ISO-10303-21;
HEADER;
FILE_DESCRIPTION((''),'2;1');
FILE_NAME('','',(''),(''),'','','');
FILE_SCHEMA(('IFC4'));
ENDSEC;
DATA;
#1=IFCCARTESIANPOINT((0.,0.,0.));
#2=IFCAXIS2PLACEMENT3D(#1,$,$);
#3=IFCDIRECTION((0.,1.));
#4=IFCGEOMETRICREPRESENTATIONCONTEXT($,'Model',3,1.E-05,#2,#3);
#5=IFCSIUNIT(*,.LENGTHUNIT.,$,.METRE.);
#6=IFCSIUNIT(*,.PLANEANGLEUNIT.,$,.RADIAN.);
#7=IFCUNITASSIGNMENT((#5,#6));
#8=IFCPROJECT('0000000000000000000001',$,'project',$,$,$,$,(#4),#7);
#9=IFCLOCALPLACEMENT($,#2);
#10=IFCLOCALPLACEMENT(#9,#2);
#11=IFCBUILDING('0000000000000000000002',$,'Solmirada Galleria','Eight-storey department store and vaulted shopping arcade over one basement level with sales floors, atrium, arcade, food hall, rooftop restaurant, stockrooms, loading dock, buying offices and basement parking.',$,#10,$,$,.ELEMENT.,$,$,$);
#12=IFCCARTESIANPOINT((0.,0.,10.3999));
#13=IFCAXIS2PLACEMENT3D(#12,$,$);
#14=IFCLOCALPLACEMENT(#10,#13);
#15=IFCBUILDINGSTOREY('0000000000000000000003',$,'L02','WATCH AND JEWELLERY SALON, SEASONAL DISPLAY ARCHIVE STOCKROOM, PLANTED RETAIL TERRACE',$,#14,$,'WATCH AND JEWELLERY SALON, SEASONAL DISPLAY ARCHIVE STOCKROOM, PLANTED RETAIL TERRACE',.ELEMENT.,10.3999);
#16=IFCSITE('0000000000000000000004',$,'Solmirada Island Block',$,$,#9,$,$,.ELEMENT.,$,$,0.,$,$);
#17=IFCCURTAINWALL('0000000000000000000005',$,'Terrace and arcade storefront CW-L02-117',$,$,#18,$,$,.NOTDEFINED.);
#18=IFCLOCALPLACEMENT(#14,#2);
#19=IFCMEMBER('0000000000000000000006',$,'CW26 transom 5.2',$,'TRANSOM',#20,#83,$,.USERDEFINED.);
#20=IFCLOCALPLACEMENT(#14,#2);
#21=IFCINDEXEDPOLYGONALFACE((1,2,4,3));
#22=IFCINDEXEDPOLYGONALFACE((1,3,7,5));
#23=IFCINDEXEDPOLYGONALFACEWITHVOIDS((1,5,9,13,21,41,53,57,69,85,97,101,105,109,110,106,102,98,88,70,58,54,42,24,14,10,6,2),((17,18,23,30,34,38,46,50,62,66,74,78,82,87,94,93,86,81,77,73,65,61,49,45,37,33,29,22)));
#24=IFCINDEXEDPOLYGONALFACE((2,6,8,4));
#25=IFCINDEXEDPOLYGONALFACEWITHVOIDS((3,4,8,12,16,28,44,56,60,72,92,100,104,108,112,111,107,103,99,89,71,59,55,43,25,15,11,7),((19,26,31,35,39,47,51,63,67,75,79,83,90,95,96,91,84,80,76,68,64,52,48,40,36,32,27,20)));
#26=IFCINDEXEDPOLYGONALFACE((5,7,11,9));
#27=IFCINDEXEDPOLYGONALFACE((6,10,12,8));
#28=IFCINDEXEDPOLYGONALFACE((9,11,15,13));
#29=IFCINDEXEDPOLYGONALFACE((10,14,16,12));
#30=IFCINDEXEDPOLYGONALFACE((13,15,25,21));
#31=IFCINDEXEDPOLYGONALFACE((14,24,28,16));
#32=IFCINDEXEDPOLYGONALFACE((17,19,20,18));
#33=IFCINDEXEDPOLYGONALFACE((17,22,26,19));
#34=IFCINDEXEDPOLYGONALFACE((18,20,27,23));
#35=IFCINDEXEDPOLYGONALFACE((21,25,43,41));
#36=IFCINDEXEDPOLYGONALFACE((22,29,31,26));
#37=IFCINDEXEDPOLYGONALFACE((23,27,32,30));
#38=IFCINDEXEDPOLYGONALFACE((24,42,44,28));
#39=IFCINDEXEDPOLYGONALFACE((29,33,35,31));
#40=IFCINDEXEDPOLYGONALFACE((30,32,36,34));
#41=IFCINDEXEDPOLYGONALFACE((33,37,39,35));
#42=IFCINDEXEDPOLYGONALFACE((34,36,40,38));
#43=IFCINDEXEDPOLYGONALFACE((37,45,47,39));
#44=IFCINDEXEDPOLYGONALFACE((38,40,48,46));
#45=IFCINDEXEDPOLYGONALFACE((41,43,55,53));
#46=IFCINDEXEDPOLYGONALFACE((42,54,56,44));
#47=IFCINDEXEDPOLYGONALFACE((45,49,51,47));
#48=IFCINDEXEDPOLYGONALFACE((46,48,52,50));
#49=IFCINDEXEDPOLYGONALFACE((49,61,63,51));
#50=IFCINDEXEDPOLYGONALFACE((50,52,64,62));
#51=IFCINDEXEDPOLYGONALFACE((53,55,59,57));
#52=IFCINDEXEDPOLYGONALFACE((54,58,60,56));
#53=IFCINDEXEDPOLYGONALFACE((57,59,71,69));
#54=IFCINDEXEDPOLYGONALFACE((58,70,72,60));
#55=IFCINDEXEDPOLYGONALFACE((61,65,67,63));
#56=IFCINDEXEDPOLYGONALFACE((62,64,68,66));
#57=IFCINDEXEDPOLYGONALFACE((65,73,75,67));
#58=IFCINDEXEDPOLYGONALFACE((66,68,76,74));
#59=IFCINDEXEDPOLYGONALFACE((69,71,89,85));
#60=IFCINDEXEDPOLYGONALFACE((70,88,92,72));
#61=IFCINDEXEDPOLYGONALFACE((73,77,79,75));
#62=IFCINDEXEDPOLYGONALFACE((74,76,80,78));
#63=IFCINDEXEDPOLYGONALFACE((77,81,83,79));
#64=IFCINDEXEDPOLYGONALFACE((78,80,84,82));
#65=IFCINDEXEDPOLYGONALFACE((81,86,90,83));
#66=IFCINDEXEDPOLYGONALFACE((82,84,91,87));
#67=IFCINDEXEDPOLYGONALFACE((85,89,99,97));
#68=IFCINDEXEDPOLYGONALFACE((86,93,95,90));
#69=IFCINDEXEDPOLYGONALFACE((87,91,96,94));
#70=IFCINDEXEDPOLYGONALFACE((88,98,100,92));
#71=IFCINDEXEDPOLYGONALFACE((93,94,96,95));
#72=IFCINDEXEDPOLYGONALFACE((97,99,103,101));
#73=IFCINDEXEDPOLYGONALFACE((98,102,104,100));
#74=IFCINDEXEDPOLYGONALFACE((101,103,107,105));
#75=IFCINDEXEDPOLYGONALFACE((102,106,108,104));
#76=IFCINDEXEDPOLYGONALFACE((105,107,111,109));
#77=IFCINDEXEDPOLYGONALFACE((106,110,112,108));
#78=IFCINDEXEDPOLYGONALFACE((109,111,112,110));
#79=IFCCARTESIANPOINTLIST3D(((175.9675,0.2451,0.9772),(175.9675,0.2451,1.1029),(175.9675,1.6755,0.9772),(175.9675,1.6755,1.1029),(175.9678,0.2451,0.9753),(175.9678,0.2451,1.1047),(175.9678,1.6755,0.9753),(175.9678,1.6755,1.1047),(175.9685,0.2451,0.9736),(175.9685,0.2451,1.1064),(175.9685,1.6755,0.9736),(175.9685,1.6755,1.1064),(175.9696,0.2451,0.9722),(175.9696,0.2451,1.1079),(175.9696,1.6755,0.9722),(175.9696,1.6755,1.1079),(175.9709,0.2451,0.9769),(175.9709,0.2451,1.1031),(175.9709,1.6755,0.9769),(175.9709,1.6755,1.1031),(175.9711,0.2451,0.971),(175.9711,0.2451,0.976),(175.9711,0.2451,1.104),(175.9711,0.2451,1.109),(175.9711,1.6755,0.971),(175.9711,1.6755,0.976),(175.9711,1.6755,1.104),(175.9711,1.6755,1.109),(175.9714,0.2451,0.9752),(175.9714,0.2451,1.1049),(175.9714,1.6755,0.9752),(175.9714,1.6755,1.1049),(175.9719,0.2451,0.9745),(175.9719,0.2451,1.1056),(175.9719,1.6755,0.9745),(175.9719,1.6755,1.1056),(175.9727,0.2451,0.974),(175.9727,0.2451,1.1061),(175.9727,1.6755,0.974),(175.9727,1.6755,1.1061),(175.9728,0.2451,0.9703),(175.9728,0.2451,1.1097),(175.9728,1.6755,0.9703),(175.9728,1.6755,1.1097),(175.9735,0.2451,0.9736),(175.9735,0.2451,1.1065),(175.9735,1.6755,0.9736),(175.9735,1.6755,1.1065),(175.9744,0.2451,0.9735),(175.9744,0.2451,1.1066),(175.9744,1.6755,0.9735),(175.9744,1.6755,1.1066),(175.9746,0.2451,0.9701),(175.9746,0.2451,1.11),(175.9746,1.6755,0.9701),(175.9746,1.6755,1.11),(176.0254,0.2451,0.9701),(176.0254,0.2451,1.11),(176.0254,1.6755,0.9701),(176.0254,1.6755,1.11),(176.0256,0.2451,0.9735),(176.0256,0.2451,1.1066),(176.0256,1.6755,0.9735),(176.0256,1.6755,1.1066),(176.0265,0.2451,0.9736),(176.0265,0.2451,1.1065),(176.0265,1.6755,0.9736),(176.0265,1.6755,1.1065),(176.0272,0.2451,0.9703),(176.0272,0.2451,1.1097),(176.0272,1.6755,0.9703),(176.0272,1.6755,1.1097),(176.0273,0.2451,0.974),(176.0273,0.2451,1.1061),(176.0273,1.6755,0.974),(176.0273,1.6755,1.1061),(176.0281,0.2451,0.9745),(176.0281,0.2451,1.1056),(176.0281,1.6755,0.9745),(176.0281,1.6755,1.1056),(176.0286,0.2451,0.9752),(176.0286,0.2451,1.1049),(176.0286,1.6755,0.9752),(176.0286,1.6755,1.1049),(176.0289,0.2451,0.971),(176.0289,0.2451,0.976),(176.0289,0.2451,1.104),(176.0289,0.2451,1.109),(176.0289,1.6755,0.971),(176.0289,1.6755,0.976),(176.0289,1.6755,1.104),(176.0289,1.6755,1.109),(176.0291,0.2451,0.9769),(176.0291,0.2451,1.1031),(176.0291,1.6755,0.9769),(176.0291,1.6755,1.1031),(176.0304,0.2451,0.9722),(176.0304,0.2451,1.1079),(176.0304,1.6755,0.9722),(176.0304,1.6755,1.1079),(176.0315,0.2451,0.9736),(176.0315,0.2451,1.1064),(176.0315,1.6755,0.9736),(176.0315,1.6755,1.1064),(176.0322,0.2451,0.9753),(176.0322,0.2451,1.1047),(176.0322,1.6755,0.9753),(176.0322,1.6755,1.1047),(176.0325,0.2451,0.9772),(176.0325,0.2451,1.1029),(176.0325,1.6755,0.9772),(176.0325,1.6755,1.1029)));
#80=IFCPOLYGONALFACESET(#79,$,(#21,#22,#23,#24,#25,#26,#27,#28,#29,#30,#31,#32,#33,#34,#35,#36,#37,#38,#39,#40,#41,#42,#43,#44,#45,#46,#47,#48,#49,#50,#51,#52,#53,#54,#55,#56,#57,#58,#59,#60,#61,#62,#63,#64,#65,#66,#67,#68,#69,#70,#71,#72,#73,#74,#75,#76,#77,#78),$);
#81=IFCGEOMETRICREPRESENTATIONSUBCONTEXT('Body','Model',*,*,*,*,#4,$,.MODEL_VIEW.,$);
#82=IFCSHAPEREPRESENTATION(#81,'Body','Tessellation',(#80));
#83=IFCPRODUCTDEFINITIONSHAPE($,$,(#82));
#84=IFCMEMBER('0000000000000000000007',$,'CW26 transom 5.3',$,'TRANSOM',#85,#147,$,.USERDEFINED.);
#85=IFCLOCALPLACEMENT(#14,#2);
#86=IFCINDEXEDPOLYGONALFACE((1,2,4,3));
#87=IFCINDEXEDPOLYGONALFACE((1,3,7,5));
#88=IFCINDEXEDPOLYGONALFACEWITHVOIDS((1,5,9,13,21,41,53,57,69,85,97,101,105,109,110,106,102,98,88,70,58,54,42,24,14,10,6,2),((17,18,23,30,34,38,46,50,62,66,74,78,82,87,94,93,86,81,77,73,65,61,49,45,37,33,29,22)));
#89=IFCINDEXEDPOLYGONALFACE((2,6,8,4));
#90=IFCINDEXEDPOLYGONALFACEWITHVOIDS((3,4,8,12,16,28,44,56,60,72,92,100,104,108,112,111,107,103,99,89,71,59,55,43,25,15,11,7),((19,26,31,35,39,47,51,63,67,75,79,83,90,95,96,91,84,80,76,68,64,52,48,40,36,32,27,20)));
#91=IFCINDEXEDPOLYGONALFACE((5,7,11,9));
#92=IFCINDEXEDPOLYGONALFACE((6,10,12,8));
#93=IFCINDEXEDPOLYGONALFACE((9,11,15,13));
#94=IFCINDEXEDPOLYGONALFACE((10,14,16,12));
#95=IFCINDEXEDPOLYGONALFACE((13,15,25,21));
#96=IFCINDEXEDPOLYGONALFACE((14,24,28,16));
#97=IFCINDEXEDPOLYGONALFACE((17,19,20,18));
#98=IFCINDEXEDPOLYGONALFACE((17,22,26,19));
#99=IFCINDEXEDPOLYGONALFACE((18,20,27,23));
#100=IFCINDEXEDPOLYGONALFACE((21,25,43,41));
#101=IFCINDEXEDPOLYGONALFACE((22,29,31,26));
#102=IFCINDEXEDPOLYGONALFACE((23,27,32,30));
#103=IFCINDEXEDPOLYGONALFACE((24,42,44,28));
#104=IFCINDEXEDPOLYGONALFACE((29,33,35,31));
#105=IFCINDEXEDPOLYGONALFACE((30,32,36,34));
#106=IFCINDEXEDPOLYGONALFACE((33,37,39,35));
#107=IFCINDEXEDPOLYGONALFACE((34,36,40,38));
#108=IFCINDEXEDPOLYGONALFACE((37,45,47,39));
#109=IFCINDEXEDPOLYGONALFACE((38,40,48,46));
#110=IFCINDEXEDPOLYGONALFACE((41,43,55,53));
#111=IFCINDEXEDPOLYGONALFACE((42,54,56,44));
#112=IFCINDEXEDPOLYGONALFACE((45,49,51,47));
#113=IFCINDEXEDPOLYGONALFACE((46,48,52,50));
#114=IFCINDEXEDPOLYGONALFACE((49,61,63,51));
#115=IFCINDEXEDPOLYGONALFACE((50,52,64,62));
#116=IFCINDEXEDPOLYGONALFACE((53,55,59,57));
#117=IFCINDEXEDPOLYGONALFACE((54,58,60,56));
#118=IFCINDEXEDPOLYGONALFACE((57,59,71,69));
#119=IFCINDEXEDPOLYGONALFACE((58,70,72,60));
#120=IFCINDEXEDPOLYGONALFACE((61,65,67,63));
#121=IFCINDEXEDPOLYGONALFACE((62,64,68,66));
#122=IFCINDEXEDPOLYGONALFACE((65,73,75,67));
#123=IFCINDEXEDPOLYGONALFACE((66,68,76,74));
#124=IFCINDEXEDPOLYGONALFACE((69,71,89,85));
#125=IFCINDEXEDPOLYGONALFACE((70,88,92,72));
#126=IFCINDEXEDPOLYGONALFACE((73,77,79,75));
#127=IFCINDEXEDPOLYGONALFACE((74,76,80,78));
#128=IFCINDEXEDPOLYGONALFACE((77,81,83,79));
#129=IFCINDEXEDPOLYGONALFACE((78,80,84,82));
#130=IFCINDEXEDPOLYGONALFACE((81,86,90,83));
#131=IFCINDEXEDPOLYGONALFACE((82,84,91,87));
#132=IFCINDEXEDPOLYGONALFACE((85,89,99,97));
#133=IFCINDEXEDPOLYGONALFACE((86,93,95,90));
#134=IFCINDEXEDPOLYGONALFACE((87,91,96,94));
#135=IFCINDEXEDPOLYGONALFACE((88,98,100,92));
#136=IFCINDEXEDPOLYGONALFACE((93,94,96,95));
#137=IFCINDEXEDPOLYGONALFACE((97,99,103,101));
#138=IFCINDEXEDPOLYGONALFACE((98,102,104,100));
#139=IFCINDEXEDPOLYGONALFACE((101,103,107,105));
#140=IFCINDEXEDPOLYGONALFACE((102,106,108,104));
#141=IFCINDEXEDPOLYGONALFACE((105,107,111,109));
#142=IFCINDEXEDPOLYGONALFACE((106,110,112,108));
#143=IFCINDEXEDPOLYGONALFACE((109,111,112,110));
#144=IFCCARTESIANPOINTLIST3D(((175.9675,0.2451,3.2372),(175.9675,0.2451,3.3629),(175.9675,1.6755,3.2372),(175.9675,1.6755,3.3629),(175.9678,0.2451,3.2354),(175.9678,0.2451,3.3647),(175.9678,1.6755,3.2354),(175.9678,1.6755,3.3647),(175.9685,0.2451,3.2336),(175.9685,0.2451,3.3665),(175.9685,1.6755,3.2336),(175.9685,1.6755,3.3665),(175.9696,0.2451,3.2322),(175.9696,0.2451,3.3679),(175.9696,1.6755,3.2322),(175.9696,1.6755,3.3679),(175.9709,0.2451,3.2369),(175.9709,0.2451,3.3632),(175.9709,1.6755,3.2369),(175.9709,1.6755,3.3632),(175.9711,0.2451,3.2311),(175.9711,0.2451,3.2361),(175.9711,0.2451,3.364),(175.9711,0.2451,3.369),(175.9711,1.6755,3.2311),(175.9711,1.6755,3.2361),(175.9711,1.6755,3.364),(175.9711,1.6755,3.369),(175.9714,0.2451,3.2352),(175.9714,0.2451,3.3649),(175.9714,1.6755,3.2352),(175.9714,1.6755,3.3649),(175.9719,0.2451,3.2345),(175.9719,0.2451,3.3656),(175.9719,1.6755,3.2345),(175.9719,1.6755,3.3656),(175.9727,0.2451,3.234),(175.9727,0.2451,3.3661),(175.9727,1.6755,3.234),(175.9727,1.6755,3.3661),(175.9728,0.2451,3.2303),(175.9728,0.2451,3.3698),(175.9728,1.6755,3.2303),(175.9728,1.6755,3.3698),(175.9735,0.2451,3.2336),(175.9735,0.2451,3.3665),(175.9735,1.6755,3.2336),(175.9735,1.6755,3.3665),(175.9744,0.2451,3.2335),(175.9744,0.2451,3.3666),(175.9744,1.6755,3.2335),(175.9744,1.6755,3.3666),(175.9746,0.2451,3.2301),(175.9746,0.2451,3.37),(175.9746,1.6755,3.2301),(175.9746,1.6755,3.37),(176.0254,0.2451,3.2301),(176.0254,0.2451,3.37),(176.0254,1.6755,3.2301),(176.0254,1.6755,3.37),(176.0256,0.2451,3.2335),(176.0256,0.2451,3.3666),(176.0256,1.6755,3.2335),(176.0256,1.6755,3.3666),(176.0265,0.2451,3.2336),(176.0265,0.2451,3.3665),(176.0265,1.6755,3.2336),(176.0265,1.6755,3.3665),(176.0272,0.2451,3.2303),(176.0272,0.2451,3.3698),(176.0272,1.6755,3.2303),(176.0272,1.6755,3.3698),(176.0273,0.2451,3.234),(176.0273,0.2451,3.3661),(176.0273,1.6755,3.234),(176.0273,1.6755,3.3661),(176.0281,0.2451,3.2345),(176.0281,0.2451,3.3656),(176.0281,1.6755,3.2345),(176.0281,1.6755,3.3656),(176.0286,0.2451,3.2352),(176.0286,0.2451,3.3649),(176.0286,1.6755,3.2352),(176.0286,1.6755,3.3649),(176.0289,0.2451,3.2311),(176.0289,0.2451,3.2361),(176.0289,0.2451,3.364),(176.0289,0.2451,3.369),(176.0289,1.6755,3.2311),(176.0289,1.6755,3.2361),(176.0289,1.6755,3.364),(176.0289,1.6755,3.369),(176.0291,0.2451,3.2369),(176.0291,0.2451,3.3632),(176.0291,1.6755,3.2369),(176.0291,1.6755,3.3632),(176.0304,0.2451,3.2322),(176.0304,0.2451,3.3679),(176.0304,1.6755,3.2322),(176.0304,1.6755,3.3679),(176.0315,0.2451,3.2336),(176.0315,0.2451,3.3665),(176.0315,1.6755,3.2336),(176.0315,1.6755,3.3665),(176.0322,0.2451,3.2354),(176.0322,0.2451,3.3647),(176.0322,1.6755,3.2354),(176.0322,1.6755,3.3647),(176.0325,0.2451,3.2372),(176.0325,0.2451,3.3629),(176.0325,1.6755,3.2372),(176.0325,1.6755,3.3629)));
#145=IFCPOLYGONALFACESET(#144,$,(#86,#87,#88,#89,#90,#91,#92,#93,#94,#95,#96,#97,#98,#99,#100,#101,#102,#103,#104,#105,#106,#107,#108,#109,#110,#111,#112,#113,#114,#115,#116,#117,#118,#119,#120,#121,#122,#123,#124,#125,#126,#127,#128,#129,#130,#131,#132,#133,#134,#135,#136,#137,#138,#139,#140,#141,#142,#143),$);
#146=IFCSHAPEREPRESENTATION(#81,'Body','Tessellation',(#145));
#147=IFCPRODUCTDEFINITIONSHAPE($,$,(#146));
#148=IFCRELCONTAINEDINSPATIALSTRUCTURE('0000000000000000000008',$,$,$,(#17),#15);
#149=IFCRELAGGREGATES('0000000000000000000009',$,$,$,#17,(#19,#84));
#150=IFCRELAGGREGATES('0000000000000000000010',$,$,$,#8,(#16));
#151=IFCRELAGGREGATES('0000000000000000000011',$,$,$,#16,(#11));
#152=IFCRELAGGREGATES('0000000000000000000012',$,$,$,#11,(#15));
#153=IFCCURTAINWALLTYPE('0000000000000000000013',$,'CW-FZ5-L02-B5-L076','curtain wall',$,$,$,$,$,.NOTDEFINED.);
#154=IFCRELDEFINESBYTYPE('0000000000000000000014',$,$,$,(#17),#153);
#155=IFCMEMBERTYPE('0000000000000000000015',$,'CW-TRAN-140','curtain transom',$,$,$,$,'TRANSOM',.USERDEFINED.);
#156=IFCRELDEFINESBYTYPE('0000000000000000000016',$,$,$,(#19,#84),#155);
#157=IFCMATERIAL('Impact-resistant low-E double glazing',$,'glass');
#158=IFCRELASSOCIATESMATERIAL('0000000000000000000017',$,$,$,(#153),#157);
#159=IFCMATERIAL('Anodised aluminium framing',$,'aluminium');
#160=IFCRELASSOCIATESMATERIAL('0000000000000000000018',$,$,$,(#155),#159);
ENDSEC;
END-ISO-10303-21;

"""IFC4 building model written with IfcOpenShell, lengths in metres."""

from ifc_helpers import new_model, si_unit, direction, frame, origin, origin_2d, place, context, subcontext, project, spatial, hollow_rectangle, extrude, material, material_profile, profile_set, type_object, element, aggregate, save


model = new_model("IFC4")

# Units and contexts
model_context = context("Model", 3, precision=1e-05, world=origin(), true_north=direction((0.0, 1.0)))
body_context = subcontext(model_context, "Body", "Model", "MODEL_VIEW")
ifc_project = project(units=[si_unit("LENGTHUNIT", "METRE"), si_unit("PLANEANGLEUNIT", "RADIAN")], contexts=[model_context])

# Site, building, storey
site_placement = place(None, origin())
site = spatial("IfcSite", under=ifc_project, at=site_placement, Name="Solmirada Island Block", CompositionType="ELEMENT", RefElevation=0.0)
building_placement = place(site_placement, origin())
building = spatial("IfcBuilding", under=site, at=building_placement, Name="Solmirada Galleria", Description="Eight-storey department store and vaulted shopping arcade over one basement level with sales floors, atrium, arcade, food hall, rooftop restaurant, stockrooms, loading dock, buying offices and basement parking.", CompositionType="ELEMENT")
storey_placement = place(building_placement, frame((0.0, 0.0, 10.3999)))
storey = spatial("IfcBuildingStorey", under=building, at=storey_placement, Name="L02", Description="WATCH AND JEWELLERY SALON, SEASONAL DISPLAY ARCHIVE STOCKROOM, PLANTED RETAIL TERRACE", LongName="WATCH AND JEWELLERY SALON, SEASONAL DISPLAY ARCHIVE STOCKROOM, PLANTED RETAIL TERRACE", CompositionType="ELEMENT", Elevation=10.3999)

# Curtain wall, members
ifc_material_1 = material(Name="Impact-resistant low-E double glazing", Category="glass")
curtain_wall_type = type_object("IfcCurtainWallType", Name="CW-FZ5-L02-B5-L076", Description="curtain wall", PredefinedType="NOTDEFINED", material=ifc_material_1)
curtain_wall_placement = place(storey_placement, origin())
curtain_wall = element("IfcCurtainWall", 1, at=curtain_wall_placement, inside=storey, type_object=curtain_wall_type, Name="Terrace and arcade storefront CW-L02-117", PredefinedType="NOTDEFINED")
ifc_material_2 = material(Name="Anodised aluminium framing", Category="aluminium")
ifc_material_profile_1 = material_profile(ifc_material_2, hollow_rectangle(XDim=0.0649, YDim=0.1399, WallThickness=0.0034, InnerFilletRadius=0.0034, OuterFilletRadius=0.0071, at=origin_2d()), Name="ALU-TRAN-140X65")
ifc_profile_set_1 = profile_set([ifc_material_profile_1], Name="Anodised aluminium framing")
member_type_1 = type_object("IfcMemberType", Name="CW-TRAN-140", Description="curtain transom", ElementType="TRANSOM", PredefinedType="USERDEFINED", material=ifc_profile_set_1)
member_1_placement = place(storey_placement, frame((176.0, 1.6755, 1.04), z_axis=(0.0, -1.0, 0.0), x_axis=(1.0, 0.0, 0.0)))
member_1 = element("IfcMember", 2, at=member_1_placement, type_object=member_type_1, Name="CW26 transom 5.2", ObjectType="TRANSOM", PredefinedType="USERDEFINED", context=body_context, shape_type="SweptSolid", body=[
    extrude(hollow_rectangle(XDim=0.0649, YDim=0.1399, WallThickness=0.0034, InnerFilletRadius=0.0034, OuterFilletRadius=0.0071, at=origin_2d()), origin(), (0.0, 0.0, 1.0), 1.4304),
])
member_2_placement = place(storey_placement, frame((176.0, 1.6755, 3.3), z_axis=(0.0, -1.0, 0.0), x_axis=(1.0, 0.0, 0.0)))
member_2 = element("IfcMember", 3, at=member_2_placement, type_object=member_type_1, Name="CW26 transom 5.3", ObjectType="TRANSOM", PredefinedType="USERDEFINED", context=body_context, shape_type="SweptSolid", body=[
    extrude(hollow_rectangle(XDim=0.0649, YDim=0.1399, WallThickness=0.0034, InnerFilletRadius=0.0034, OuterFilletRadius=0.0071, at=origin_2d()), origin(), (0.0, 0.0, 1.0), 1.4304),
])
aggregate(curtain_wall, [member_1, member_2])

save(model, "model.ifc")
